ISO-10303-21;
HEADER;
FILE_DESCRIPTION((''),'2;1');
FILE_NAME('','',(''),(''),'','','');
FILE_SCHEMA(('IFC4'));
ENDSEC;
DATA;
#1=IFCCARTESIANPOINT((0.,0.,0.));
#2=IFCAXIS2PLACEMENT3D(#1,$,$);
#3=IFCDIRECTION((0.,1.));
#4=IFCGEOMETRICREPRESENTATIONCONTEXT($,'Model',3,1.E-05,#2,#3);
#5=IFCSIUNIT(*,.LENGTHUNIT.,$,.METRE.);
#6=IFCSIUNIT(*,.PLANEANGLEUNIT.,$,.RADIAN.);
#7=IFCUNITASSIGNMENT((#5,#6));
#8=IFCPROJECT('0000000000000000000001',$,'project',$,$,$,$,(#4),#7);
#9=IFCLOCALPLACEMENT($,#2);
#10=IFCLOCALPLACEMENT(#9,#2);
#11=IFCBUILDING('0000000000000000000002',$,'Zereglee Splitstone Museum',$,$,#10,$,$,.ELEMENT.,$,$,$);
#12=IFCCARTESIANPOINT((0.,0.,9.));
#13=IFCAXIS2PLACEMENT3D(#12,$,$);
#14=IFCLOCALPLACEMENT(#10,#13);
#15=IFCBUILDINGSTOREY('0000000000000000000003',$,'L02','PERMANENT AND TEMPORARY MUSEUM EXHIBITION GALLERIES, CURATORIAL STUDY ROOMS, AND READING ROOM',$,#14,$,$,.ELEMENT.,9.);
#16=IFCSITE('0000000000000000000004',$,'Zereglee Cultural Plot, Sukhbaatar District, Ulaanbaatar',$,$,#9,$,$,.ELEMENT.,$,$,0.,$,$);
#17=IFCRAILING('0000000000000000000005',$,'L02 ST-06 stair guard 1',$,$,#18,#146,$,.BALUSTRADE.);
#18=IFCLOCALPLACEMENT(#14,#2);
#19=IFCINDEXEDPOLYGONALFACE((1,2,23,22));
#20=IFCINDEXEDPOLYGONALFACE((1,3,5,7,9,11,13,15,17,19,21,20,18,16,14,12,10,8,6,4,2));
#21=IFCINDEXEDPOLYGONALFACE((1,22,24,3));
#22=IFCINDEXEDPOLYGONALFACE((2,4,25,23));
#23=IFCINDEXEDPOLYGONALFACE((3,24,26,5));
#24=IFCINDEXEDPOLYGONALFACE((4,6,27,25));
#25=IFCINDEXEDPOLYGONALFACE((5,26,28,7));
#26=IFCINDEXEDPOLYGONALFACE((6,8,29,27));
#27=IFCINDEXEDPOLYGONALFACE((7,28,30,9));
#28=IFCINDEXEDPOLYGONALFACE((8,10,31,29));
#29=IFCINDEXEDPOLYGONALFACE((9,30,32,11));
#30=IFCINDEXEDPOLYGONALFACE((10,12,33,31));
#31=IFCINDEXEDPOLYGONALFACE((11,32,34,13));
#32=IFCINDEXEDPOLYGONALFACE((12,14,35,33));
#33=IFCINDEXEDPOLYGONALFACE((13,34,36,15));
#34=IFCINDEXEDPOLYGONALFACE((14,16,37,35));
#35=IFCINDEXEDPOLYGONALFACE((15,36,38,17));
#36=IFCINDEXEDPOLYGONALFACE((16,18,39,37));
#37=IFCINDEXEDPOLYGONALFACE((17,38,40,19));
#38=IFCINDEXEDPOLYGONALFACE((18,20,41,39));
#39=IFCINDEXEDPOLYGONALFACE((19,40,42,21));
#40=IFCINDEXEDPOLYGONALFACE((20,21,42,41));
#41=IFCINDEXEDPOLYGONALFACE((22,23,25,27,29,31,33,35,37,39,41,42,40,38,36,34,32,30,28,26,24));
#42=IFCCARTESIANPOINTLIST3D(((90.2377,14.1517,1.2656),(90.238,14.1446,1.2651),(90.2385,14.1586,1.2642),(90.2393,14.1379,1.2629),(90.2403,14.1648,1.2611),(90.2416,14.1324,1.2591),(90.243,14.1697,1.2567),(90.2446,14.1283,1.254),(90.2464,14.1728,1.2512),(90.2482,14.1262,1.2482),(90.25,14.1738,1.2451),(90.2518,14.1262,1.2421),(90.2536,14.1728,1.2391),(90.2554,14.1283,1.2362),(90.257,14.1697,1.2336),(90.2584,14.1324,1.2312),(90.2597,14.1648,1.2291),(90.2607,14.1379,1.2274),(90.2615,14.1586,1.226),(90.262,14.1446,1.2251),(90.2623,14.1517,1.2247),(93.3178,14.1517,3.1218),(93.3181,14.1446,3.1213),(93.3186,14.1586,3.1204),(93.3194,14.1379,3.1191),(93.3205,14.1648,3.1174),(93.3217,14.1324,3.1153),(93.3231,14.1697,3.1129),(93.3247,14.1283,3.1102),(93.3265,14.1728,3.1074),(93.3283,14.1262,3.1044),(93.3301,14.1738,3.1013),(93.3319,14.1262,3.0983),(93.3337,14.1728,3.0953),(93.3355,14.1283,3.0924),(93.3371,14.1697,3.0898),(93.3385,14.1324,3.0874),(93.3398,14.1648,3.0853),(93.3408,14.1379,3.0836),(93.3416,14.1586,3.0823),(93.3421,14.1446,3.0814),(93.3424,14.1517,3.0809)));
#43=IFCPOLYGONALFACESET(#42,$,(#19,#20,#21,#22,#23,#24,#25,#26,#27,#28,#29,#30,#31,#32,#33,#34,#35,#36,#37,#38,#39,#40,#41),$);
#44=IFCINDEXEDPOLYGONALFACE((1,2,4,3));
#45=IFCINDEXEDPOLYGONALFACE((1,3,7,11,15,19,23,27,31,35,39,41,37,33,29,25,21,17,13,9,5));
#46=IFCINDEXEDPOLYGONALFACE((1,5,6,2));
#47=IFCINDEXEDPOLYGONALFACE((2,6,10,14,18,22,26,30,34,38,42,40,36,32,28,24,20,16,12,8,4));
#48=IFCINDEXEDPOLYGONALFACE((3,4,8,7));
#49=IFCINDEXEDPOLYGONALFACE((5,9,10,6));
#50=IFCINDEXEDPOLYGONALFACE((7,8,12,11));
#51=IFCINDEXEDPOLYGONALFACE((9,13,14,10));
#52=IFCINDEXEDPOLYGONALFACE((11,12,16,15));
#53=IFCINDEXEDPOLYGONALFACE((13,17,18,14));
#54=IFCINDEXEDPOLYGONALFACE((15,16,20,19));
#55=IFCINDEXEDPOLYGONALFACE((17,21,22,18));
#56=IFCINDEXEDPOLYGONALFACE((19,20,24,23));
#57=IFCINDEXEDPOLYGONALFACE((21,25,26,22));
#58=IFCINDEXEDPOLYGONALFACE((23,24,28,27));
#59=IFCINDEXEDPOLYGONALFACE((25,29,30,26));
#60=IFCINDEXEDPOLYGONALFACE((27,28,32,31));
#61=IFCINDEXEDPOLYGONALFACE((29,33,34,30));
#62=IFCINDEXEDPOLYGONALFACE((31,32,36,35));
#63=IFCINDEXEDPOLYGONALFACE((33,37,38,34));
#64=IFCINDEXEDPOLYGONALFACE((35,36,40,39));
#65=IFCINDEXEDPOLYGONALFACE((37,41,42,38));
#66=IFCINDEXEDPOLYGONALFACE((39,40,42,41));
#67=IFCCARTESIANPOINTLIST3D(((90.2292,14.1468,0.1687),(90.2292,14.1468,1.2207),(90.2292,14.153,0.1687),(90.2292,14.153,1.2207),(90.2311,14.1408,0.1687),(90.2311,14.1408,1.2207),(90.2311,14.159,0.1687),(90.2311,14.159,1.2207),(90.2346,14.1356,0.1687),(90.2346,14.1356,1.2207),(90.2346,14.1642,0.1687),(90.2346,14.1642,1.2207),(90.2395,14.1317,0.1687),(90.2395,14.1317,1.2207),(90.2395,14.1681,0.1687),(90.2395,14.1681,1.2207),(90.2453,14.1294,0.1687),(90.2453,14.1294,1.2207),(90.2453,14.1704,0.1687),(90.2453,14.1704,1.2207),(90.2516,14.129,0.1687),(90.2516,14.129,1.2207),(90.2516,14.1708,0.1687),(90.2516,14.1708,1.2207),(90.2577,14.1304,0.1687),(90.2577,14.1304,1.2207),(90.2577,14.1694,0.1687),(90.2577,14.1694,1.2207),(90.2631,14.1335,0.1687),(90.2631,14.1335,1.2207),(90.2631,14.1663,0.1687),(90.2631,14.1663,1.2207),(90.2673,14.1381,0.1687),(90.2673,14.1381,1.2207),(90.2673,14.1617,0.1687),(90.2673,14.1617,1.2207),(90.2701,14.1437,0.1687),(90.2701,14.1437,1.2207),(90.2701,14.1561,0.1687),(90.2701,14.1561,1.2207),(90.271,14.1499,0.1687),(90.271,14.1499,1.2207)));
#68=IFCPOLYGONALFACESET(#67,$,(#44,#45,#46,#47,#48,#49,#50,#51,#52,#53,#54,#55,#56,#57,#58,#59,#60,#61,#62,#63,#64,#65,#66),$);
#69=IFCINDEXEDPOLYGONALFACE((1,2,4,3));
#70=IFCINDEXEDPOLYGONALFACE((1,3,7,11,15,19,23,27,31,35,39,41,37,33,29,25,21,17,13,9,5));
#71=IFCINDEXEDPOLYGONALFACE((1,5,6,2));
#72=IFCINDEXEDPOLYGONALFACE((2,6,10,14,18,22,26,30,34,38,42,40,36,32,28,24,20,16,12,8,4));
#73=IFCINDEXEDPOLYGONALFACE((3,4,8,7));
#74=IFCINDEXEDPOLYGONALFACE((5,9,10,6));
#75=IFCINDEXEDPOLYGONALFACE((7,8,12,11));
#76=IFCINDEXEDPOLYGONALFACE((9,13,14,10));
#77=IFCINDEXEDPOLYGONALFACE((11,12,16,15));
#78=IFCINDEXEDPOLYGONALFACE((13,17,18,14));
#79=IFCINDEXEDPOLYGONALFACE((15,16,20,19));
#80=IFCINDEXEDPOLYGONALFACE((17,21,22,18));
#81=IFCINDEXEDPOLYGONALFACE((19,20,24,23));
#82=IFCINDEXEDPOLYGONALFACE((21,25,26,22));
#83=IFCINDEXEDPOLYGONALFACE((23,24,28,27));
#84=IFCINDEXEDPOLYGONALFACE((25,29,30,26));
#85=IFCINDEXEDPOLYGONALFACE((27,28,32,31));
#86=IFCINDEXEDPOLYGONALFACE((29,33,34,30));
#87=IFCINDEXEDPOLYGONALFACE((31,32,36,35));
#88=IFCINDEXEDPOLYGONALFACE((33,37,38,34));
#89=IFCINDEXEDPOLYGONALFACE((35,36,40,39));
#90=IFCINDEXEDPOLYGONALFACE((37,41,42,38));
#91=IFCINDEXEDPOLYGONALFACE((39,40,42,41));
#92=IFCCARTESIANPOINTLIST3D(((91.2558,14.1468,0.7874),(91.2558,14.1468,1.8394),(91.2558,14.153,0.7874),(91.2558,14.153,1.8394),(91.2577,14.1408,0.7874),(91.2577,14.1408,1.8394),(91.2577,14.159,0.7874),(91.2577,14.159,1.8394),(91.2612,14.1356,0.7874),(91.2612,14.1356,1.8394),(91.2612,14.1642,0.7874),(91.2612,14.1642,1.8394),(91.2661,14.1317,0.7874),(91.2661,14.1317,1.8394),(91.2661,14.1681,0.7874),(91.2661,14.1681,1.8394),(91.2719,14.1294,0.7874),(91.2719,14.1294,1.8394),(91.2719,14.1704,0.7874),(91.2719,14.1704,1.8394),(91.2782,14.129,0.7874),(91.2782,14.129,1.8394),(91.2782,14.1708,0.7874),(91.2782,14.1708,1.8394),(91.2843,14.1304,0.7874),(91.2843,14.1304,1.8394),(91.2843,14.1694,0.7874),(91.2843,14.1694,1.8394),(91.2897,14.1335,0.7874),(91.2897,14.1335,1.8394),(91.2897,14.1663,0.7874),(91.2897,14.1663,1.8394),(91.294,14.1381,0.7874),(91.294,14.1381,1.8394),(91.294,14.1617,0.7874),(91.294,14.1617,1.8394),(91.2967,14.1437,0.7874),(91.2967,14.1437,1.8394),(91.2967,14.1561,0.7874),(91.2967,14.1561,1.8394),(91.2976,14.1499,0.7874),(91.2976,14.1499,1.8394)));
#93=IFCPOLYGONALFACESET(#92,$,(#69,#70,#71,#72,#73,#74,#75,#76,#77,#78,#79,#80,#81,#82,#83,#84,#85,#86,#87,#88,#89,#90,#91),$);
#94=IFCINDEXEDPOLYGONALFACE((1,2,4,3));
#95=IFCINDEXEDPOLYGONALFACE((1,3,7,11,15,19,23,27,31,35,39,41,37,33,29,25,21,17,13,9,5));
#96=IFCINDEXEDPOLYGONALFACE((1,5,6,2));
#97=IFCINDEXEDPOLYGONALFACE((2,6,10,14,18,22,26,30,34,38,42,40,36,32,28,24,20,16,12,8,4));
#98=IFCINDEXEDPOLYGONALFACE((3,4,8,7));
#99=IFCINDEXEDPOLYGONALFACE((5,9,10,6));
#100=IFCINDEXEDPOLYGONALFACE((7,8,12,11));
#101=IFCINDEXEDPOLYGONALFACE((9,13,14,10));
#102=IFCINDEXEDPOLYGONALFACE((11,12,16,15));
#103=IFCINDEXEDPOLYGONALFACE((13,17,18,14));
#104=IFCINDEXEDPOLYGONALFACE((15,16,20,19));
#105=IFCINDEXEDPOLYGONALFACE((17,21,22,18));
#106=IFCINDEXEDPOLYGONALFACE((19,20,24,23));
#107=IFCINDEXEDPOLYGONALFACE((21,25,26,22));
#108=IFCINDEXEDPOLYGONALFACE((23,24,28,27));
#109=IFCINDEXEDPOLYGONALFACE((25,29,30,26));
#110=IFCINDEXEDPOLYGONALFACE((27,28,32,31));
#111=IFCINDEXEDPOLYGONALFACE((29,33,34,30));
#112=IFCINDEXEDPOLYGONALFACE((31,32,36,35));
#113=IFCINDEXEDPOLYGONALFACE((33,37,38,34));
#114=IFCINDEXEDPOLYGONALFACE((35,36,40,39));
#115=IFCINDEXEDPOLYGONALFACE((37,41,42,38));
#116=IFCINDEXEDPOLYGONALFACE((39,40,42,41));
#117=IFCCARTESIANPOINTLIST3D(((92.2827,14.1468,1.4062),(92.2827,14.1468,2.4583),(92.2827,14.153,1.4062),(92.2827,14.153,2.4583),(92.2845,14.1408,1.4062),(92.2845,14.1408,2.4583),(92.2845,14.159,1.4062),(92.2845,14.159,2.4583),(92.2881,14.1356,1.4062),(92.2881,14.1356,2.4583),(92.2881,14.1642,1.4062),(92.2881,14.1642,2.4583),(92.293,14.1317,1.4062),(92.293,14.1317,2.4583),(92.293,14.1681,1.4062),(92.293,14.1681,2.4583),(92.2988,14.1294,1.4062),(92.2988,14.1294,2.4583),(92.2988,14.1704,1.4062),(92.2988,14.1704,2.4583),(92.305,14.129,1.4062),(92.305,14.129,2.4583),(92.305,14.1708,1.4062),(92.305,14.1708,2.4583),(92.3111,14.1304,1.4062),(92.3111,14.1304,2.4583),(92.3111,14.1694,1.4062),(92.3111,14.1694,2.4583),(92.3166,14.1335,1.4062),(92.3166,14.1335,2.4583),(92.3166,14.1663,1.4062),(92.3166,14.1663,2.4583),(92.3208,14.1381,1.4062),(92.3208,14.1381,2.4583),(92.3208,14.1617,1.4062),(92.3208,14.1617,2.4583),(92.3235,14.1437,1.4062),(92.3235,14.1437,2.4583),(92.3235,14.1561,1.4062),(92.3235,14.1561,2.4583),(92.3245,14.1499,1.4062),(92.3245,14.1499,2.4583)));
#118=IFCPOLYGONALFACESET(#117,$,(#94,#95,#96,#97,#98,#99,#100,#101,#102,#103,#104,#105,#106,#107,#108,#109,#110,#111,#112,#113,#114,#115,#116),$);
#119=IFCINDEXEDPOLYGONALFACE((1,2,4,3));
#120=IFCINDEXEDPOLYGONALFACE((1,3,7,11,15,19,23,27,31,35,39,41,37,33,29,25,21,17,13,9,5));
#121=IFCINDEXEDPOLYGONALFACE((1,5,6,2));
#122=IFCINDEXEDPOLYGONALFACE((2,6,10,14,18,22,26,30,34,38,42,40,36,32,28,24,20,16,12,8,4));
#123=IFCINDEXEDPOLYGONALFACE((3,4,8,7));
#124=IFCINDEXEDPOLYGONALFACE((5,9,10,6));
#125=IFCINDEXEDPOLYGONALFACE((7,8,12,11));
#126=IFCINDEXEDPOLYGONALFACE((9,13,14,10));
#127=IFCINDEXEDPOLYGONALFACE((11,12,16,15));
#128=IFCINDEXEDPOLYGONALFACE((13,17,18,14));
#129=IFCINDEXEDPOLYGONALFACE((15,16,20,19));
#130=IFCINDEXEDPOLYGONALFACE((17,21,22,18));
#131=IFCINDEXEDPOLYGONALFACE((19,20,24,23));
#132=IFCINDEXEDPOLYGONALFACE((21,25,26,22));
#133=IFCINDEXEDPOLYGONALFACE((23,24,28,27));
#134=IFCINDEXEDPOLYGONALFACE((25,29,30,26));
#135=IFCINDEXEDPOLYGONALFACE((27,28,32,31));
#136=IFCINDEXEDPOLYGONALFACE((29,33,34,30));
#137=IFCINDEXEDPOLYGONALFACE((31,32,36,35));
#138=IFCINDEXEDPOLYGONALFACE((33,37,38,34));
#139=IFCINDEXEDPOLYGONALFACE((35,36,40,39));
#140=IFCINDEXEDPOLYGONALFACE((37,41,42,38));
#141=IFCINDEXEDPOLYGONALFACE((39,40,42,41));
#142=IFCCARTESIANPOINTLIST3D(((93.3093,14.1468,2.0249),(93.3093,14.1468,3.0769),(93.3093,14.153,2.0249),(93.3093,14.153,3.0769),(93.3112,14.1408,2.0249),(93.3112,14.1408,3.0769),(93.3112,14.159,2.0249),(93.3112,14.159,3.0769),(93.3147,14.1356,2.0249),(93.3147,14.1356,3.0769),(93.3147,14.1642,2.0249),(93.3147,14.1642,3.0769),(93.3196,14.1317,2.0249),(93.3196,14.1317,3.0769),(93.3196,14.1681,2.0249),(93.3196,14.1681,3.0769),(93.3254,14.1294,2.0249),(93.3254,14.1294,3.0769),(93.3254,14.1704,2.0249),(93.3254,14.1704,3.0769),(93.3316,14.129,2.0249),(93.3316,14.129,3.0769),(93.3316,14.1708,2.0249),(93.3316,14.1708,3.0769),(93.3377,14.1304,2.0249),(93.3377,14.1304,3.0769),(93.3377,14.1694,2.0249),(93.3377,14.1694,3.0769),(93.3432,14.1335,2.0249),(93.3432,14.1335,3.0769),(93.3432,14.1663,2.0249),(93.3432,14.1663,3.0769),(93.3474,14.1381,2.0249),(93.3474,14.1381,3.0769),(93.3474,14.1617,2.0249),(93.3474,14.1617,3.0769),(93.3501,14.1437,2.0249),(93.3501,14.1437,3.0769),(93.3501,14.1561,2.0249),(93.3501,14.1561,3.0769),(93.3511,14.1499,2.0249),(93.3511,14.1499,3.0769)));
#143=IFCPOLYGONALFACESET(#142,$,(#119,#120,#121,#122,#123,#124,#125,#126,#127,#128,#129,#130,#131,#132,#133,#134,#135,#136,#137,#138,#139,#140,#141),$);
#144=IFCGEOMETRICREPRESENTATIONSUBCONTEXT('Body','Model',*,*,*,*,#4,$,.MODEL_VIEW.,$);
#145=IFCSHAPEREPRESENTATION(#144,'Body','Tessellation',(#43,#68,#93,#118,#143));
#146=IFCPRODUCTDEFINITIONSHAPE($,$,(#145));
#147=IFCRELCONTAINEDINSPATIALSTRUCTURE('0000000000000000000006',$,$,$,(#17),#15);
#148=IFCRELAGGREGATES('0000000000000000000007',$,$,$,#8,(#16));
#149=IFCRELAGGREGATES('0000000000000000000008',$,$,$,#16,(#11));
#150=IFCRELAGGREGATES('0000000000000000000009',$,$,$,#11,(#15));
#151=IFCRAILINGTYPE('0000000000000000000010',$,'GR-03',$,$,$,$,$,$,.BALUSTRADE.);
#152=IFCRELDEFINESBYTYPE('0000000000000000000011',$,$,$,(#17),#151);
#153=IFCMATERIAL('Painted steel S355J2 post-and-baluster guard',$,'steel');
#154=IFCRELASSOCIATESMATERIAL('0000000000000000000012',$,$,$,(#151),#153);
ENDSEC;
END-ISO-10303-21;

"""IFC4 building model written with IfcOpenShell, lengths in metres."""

from ifc_helpers import new_model, si_unit, direction, frame, origin, origin_2d, place, context, subcontext, project, spatial, circle, extrude, material, type_object, element, save


model = new_model("IFC4")

# Units and contexts
model_context = context("Model", 3, precision=1e-05, world=origin(), true_north=direction((0.0, 1.0)))
body_context = subcontext(model_context, "Body", "Model", "MODEL_VIEW")
ifc_project = project(units=[si_unit("LENGTHUNIT", "METRE"), si_unit("PLANEANGLEUNIT", "RADIAN")], contexts=[model_context])

# Site, building, storey
site_placement = place(None, origin())
site = spatial("IfcSite", under=ifc_project, at=site_placement, Name="Zereglee Cultural Plot, Sukhbaatar District, Ulaanbaatar", CompositionType="ELEMENT", RefElevation=0.0)
building_placement = place(site_placement, origin())
building = spatial("IfcBuilding", under=site, at=building_placement, Name="Zereglee Splitstone Museum", CompositionType="ELEMENT")
storey_placement = place(building_placement, frame((0.0, 0.0, 9.0)))
storey = spatial("IfcBuildingStorey", under=building, at=storey_placement, Name="L02", Description="PERMANENT AND TEMPORARY MUSEUM EXHIBITION GALLERIES, CURATORIAL STUDY ROOMS, AND READING ROOM", CompositionType="ELEMENT", Elevation=9.0)

# Railing
ifc_material_1 = material(Name="Painted steel S355J2 post-and-baluster guard", Category="steel")
railing_type_1 = type_object("IfcRailingType", Name="GR-03", PredefinedType="BALUSTRADE", material=ifc_material_1)
railing_1_placement = place(storey_placement, frame((90.25, 14.1499, 0.1687)))
element("IfcRailing", 1, at=railing_1_placement, inside=storey, type_object=railing_type_1, Name="L02 ST-06 stair guard 1", PredefinedType="BALUSTRADE", context=body_context, shape_type="SweptSolid", body=[
    extrude(circle(Radius=0.0239, at=origin_2d()), frame((0.0, 0.0, 1.0764), z_axis=(0.856491, 0.0, 0.516162), x_axis=(0.0, 1.0, 0.0)), (0.0, 0.0, 1.0), 3.5962),
    extrude(circle(Radius=0.021, at=origin_2d()), origin(), (0.0, 0.0, 1.0), 1.052),
    extrude(circle(Radius=0.021, at=origin_2d()), frame((1.0266, 0.0, 0.6187)), (0.0, 0.0, 1.0), 1.052),
    extrude(circle(Radius=0.021, at=origin_2d()), frame((2.0535, 0.0, 1.2375)), (0.0, 0.0, 1.0), 1.052),
    extrude(circle(Radius=0.021, at=origin_2d()), frame((3.0801, 0.0, 1.8562)), (0.0, 0.0, 1.0), 1.052),
])

save(model, "model.ifc")
